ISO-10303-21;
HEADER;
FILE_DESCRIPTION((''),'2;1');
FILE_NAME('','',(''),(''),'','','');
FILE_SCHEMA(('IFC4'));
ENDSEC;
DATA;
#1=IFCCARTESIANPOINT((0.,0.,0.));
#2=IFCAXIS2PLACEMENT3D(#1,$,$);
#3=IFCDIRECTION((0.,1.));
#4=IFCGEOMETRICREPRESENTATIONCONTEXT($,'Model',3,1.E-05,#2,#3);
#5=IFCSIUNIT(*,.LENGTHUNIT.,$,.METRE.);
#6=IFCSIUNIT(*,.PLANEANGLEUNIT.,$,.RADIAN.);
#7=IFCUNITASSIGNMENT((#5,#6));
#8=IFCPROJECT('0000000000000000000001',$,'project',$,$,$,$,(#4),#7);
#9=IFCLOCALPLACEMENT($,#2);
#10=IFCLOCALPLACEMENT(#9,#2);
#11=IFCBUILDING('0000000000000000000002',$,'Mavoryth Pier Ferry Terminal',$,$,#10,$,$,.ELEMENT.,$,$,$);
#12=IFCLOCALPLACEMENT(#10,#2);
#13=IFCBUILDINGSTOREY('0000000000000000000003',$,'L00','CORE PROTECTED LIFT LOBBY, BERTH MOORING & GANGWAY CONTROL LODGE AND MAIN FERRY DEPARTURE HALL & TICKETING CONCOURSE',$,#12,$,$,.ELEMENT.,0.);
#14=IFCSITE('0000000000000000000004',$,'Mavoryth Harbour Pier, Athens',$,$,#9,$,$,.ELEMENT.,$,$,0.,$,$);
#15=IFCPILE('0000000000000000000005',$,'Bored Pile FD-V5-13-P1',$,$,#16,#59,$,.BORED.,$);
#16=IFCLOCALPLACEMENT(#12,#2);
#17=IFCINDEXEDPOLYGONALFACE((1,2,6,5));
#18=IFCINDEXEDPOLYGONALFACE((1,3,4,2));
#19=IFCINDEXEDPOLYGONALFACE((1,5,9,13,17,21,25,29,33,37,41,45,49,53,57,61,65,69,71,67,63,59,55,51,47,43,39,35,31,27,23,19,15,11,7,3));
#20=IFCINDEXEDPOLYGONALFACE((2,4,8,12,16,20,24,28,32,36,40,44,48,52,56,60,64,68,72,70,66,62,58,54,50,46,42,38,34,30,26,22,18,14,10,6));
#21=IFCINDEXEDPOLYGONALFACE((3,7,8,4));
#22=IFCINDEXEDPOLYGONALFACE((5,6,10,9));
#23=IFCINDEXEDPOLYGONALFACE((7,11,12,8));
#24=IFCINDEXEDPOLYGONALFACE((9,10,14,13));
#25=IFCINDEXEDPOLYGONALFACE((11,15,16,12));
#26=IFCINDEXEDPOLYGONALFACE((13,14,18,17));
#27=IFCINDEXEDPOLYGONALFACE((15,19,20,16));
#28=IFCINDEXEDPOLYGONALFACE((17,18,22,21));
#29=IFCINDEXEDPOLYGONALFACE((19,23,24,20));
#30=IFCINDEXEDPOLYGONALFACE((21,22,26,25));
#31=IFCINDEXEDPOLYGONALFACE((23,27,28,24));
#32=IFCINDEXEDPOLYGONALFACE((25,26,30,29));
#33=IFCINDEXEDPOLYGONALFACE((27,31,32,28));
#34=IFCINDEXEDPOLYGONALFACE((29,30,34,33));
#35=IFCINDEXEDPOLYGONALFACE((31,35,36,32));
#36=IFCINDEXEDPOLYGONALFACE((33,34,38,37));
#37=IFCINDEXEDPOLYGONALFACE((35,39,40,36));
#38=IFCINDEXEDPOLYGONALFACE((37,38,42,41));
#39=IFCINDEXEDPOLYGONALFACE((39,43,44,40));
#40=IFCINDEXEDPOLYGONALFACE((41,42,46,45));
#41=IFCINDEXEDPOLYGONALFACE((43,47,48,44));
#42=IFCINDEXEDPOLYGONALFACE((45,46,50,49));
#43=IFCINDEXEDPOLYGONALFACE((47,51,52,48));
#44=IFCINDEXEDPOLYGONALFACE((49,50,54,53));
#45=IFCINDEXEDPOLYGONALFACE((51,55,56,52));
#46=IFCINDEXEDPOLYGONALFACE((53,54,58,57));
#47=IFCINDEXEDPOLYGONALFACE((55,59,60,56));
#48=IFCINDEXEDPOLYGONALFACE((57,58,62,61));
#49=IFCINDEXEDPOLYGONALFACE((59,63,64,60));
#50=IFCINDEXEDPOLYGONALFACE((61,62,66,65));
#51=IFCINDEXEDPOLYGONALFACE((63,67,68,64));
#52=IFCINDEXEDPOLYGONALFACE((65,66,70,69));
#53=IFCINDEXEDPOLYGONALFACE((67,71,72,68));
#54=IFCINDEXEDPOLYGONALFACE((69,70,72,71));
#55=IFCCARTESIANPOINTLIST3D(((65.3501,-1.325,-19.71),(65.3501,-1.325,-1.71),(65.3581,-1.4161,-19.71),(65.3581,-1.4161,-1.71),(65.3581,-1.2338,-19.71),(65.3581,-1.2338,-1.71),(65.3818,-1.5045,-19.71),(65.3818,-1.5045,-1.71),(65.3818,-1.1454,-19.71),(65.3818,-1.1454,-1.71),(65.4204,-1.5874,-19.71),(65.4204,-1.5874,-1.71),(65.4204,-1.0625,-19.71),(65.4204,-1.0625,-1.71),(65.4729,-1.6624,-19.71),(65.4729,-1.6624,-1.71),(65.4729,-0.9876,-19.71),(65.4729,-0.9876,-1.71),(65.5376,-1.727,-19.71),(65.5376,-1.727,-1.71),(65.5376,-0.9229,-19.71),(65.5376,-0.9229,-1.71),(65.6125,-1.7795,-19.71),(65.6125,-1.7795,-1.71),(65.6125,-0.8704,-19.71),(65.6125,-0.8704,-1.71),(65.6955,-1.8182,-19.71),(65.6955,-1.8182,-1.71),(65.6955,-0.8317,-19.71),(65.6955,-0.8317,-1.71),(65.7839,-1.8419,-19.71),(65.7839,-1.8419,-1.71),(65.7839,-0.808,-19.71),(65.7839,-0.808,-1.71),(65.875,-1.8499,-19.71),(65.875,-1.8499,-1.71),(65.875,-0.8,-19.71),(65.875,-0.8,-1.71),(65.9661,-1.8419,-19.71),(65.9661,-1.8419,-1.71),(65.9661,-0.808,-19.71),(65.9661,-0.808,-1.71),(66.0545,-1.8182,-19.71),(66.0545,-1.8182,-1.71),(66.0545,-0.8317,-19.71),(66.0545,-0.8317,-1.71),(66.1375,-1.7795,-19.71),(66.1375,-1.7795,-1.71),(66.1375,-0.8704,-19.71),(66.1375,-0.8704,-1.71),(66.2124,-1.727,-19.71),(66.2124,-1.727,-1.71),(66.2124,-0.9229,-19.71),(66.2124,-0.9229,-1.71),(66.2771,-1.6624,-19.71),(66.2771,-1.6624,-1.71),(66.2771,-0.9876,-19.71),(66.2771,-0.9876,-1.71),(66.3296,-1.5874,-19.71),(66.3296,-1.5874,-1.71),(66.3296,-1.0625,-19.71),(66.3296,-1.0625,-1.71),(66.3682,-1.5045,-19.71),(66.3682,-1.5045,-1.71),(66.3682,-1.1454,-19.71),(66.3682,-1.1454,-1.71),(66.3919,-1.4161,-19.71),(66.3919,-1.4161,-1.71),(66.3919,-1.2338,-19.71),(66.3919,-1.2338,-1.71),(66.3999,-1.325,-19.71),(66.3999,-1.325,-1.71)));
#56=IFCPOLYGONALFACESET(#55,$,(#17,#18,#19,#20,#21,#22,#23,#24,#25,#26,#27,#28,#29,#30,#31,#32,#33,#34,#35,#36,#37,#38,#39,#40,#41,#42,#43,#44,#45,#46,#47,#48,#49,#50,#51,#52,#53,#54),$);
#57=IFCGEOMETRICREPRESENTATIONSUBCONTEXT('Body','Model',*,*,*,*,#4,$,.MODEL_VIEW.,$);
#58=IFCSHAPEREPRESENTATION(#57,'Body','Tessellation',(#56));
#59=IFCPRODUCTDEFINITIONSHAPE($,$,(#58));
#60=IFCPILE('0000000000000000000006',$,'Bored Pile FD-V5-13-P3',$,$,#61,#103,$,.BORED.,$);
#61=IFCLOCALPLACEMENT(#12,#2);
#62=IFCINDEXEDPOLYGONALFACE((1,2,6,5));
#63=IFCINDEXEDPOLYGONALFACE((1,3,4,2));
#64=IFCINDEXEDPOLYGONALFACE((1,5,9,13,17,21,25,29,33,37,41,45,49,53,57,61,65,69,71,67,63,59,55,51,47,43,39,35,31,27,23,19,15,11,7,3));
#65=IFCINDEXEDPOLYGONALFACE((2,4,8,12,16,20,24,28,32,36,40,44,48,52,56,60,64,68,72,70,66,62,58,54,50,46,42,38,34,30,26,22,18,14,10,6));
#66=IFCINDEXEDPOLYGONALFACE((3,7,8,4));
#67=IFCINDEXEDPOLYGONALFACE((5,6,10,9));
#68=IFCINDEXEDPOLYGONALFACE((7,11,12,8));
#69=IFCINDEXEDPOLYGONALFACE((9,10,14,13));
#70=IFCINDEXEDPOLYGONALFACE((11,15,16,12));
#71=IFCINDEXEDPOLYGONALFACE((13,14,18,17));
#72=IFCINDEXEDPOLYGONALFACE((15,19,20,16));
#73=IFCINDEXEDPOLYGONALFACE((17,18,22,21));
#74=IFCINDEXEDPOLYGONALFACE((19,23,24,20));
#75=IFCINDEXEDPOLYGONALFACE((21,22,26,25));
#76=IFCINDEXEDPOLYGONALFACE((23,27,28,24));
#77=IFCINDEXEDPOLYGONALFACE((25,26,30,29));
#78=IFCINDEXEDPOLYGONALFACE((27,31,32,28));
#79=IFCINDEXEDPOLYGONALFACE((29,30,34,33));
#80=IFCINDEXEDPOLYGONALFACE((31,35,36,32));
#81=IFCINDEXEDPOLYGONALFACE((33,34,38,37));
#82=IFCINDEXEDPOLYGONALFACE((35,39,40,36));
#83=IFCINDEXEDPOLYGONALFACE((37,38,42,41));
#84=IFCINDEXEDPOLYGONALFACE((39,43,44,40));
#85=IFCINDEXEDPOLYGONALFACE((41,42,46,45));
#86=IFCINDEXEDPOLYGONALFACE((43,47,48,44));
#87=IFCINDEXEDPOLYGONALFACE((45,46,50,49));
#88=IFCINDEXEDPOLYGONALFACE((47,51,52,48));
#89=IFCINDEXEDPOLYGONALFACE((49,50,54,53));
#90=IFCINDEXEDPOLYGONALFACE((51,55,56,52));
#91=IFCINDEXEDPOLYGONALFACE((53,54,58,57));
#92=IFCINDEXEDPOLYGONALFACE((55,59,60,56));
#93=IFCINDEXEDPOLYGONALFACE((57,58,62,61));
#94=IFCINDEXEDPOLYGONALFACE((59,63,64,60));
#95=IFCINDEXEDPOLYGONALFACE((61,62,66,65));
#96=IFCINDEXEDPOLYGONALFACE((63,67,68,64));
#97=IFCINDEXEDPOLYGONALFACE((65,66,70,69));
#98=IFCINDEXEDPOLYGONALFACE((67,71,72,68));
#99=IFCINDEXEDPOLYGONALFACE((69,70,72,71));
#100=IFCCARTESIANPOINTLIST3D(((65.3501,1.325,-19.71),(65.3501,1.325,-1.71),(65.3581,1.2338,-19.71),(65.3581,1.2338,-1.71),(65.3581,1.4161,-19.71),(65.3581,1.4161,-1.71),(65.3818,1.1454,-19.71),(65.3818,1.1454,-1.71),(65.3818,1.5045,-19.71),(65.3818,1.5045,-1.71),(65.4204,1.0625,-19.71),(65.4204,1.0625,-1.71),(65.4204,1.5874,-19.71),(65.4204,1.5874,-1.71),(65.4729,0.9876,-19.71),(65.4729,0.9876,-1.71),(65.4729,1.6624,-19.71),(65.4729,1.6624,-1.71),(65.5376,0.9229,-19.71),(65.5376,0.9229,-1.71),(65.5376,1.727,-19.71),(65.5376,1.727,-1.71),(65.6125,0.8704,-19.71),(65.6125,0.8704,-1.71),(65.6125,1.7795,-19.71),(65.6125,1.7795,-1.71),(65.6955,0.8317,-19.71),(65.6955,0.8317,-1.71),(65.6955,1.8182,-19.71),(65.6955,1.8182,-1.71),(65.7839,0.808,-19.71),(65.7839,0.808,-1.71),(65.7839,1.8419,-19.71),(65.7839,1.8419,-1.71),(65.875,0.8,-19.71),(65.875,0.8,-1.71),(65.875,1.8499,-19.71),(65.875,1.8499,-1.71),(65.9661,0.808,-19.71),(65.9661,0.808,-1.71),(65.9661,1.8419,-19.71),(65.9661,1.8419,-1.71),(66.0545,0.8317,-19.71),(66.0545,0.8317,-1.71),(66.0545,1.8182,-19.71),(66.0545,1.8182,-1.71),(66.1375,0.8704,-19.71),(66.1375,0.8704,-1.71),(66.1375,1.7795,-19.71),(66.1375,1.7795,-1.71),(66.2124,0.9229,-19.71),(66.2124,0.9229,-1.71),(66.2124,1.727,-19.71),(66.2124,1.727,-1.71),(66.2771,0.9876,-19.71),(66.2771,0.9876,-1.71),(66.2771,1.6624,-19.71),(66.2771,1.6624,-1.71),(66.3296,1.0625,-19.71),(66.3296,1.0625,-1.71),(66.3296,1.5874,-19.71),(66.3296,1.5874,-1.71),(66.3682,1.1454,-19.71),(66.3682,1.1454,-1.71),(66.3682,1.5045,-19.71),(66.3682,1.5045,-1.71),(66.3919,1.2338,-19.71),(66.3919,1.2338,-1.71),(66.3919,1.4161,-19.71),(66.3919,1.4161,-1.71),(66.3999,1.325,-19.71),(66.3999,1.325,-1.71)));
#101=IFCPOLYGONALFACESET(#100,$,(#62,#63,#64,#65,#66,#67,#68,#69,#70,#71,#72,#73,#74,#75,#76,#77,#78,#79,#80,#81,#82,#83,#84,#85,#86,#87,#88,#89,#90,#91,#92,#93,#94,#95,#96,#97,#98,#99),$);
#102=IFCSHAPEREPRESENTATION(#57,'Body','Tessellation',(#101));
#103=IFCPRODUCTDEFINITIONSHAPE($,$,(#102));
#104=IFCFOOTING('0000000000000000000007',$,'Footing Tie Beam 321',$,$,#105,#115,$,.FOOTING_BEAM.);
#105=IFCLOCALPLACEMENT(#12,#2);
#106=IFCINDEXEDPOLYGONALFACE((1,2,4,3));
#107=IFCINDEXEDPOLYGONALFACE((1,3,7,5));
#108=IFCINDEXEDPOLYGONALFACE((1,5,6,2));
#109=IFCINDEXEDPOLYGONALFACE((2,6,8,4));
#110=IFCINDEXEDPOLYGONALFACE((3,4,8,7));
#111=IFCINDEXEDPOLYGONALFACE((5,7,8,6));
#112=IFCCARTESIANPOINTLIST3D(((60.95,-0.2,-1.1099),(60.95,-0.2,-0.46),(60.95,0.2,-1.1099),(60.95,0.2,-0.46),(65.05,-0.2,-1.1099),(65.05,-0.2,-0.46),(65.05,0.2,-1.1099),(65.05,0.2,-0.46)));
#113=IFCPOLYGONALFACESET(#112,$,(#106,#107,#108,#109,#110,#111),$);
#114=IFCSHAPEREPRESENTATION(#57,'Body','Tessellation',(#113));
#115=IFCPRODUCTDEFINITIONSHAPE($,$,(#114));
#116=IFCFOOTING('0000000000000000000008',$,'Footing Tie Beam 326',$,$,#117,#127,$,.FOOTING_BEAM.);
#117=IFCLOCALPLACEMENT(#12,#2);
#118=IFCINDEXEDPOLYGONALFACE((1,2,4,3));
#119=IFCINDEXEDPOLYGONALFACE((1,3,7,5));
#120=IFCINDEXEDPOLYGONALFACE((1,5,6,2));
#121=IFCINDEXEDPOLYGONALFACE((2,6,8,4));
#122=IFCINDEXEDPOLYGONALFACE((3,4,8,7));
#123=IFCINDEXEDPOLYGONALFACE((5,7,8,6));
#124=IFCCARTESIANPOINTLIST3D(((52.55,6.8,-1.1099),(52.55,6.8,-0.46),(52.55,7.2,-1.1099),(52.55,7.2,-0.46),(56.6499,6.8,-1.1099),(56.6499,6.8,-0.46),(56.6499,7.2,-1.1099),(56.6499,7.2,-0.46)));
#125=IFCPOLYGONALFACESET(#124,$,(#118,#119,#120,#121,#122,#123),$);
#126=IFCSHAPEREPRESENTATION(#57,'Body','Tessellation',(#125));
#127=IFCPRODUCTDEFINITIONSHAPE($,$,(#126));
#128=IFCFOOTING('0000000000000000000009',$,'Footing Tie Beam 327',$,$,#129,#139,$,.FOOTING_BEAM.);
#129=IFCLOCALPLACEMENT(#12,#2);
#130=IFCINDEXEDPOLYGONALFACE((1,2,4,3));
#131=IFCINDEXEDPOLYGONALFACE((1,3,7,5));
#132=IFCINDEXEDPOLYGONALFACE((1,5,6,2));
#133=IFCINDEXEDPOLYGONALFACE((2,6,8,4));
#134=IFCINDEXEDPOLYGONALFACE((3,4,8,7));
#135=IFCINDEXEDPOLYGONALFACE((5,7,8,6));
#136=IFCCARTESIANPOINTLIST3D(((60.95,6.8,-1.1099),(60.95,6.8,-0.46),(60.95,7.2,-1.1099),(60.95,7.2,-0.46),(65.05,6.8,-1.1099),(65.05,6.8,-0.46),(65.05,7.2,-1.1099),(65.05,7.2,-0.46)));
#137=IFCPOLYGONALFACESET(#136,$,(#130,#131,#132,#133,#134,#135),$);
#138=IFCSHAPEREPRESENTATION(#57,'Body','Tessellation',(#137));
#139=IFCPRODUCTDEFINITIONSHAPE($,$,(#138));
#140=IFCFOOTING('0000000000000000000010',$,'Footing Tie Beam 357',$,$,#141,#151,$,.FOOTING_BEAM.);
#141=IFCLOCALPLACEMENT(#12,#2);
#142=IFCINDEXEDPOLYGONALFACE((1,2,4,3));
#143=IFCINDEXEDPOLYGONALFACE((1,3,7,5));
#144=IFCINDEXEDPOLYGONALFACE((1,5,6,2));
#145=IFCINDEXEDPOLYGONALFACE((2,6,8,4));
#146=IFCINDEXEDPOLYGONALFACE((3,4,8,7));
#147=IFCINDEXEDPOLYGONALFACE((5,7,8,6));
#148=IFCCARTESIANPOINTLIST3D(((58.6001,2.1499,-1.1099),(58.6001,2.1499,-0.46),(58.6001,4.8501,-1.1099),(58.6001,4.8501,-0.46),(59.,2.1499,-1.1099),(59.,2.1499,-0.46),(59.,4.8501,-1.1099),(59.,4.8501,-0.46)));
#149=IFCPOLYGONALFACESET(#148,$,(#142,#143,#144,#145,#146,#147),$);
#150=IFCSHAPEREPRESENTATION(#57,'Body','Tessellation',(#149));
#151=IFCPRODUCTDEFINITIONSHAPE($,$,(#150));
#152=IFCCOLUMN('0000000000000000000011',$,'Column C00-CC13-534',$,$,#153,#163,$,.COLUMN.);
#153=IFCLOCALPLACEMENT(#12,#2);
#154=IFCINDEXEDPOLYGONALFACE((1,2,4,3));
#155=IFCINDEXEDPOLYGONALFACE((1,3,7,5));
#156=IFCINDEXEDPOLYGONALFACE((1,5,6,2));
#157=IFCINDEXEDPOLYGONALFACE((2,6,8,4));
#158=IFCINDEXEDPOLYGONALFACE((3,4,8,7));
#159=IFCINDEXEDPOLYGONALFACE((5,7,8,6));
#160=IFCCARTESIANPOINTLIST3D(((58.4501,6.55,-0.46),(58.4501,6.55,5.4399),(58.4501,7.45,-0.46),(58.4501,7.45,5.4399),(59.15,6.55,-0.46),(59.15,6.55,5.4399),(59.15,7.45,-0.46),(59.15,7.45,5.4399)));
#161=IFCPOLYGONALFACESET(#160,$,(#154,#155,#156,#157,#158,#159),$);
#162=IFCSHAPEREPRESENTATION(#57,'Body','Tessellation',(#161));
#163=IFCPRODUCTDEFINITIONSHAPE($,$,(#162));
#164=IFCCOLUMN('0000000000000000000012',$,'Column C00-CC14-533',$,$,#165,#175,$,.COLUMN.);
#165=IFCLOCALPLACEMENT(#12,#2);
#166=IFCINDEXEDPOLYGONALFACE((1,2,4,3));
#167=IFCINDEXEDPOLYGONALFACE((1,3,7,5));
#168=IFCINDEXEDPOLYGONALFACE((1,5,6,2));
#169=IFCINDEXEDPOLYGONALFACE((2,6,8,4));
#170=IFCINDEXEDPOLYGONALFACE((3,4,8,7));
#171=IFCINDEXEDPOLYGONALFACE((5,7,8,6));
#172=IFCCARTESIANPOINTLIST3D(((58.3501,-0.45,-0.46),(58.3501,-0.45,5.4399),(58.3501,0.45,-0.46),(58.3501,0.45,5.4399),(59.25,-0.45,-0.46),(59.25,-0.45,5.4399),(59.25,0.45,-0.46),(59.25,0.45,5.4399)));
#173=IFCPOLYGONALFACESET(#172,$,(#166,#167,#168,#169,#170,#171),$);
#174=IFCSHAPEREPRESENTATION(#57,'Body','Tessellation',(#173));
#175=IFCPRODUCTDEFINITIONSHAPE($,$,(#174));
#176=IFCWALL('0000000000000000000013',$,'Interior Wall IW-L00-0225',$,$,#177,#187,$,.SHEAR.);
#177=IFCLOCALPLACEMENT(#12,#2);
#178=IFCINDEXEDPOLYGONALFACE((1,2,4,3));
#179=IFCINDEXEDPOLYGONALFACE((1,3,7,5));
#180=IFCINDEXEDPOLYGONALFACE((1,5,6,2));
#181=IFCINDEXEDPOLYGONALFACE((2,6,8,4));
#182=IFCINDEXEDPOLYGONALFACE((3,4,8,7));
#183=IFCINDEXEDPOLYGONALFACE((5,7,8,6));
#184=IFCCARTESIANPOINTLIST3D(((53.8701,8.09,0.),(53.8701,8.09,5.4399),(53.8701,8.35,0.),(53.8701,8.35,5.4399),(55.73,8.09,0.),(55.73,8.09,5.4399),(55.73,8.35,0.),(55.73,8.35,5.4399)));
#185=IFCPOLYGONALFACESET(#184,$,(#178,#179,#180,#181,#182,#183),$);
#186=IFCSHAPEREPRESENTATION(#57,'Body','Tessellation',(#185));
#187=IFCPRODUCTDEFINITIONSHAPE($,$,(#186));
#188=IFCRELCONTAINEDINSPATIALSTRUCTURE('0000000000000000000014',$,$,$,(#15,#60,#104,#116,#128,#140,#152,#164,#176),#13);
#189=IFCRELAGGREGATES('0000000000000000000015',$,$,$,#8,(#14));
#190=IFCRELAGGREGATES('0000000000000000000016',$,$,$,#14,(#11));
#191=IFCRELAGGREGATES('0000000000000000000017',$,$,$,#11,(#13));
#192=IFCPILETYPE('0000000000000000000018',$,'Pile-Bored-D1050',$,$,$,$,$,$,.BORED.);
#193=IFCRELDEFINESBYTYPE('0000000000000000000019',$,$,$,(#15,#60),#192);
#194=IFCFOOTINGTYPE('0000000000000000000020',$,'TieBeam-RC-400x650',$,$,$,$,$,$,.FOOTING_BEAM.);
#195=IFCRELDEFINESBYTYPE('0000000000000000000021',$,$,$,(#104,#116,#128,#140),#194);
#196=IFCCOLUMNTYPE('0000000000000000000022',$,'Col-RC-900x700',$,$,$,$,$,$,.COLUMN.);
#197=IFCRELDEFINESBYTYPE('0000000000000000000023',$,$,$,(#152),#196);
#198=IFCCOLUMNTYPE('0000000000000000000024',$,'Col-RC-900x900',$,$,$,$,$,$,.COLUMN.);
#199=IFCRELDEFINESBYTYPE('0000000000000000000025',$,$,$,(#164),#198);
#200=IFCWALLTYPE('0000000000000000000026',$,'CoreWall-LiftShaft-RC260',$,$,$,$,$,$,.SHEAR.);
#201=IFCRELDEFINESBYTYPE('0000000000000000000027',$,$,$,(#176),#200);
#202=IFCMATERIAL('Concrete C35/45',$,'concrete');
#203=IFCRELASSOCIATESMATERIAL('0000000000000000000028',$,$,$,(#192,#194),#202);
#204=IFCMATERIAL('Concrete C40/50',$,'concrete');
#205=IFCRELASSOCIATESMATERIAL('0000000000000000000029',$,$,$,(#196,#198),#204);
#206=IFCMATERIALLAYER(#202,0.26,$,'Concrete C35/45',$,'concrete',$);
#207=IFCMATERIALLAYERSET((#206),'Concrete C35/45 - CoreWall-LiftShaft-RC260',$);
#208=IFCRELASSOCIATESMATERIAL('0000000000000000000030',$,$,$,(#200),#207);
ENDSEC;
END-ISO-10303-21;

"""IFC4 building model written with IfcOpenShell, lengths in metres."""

from ifc_helpers import new_model, si_unit, direction, frame, frame_2d, origin, origin_2d, place, context, subcontext, project, spatial, rectangle, circle, extrude, material, layer, layer_set, material_profile, profile_set, type_object, element, save


model = new_model("IFC4")

# Units and contexts
model_context = context("Model", 3, precision=1e-05, world=origin(), true_north=direction((0.0, 1.0)))
body_context = subcontext(model_context, "Body", "Model", "MODEL_VIEW")
ifc_project = project(units=[si_unit("LENGTHUNIT", "METRE"), si_unit("PLANEANGLEUNIT", "RADIAN")], contexts=[model_context])

# Site, building, storey
site_placement = place(None, origin())
site = spatial("IfcSite", under=ifc_project, at=site_placement, Name="Mavoryth Harbour Pier, Athens", CompositionType="ELEMENT", RefElevation=0.0)
building_placement = place(site_placement, origin())
building = spatial("IfcBuilding", under=site, at=building_placement, Name="Mavoryth Pier Ferry Terminal", CompositionType="ELEMENT")
storey_placement = place(building_placement, origin())
storey = spatial("IfcBuildingStorey", under=building, at=storey_placement, Name="L00", Description="CORE PROTECTED LIFT LOBBY, BERTH MOORING & GANGWAY CONTROL LODGE AND MAIN FERRY DEPARTURE HALL & TICKETING CONCOURSE", CompositionType="ELEMENT", Elevation=0.0)

# Shared definitions
ifc_material_1 = material(Name="Concrete C35/45", Category="concrete")

# Piles
ifc_material_profile_1 = material_profile(ifc_material_1, circle(Radius=0.5249, at=origin_2d()), Name="PILE D1050", Category="concrete")
ifc_profile_set_1 = profile_set([ifc_material_profile_1], Name="Concrete C35/45 - PILE D1050")
pile_type = type_object("IfcPileType", Name="Pile-Bored-D1050", PredefinedType="BORED", material=ifc_profile_set_1)
for number, where, z_axis, x_axis, name in (
    (1, (65.875, -1.325, -1.71), (0.0, 0.0, -1.0), (1.0, 0.0, 0.0), "Bored Pile FD-V5-13-P1"),
    (2, (65.875, 1.325, -1.71), (0.0, 0.0, -1.0), (1.0, 0.0, 0.0), "Bored Pile FD-V5-13-P3"),
):
    element("IfcPile", number, at=place(storey_placement, frame(where, z_axis=z_axis, x_axis=x_axis)), inside=storey, type_object=pile_type, Name=name, PredefinedType="BORED", context=body_context, shape_type="SweptSolid", body=[
        extrude(circle(Radius=0.5249, at=origin_2d()), origin(), (0.0, 0.0, 1.0), 18.0),
    ])

# Footings
ifc_material_profile_2 = material_profile(ifc_material_1, rectangle(XDim=0.3999, YDim=0.6499, at=origin_2d()), Name="RC 400x650", Category="concrete")
ifc_profile_set_2 = profile_set([ifc_material_profile_2], Name="Concrete C35/45 - RC 400x650")
footing_type_1 = type_object("IfcFootingType", Name="TieBeam-RC-400x650", PredefinedType="FOOTING_BEAM", material=ifc_profile_set_2)
footing_1_placement = place(storey_placement, frame((60.95, 0.0, -0.7849), z_axis=(1.0, 0.0, 0.0), x_axis=(0.0, 1.0, 0.0)))
element("IfcFooting", 3, at=footing_1_placement, inside=storey, type_object=footing_type_1, Name="Footing Tie Beam 321", PredefinedType="FOOTING_BEAM", context=body_context, shape_type="SweptSolid", body=[
    extrude(rectangle(XDim=0.3999, YDim=0.6499, at=origin_2d()), origin(), (0.0, 0.0, 1.0), 4.1001),
])
footing_2_placement = place(storey_placement, frame((52.55, 7.0, -0.7849), z_axis=(1.0, 0.0, 0.0), x_axis=(0.0, 1.0, 0.0)))
element("IfcFooting", 4, at=footing_2_placement, inside=storey, type_object=footing_type_1, Name="Footing Tie Beam 326", PredefinedType="FOOTING_BEAM", context=body_context, shape_type="SweptSolid", body=[
    extrude(rectangle(XDim=0.3999, YDim=0.6499, at=origin_2d()), origin(), (0.0, 0.0, 1.0), 4.0999),
])
footing_3_placement = place(storey_placement, frame((60.95, 7.0, -0.7849), z_axis=(1.0, 0.0, 0.0), x_axis=(0.0, 1.0, 0.0)))
element("IfcFooting", 5, at=footing_3_placement, inside=storey, type_object=footing_type_1, Name="Footing Tie Beam 327", PredefinedType="FOOTING_BEAM", context=body_context, shape_type="SweptSolid", body=[
    extrude(rectangle(XDim=0.3999, YDim=0.6499, at=origin_2d()), origin(), (0.0, 0.0, 1.0), 4.1001),
])
footing_4_placement = place(storey_placement, frame((58.8, 2.1499, -0.7849), z_axis=(0.0, 1.0, 0.0), x_axis=(-1.0, 0.0, 0.0)))
element("IfcFooting", 6, at=footing_4_placement, inside=storey, type_object=footing_type_1, Name="Footing Tie Beam 357", PredefinedType="FOOTING_BEAM", context=body_context, shape_type="SweptSolid", body=[
    extrude(rectangle(XDim=0.3999, YDim=0.6499, at=origin_2d()), origin(), (0.0, 0.0, 1.0), 2.7002),
])

# Columns
ifc_material_2 = material(Name="Concrete C40/50", Category="concrete")
ifc_material_profile_3 = material_profile(ifc_material_2, rectangle(XDim=0.7, YDim=0.8999, at=origin_2d()), Name="RC 900x700", Category="concrete")
ifc_profile_set_3 = profile_set([ifc_material_profile_3], Name="Concrete C40/50 - RC 900x700")
column_type_1 = type_object("IfcColumnType", Name="Col-RC-900x700", PredefinedType="COLUMN", material=ifc_profile_set_3)
column_1_placement = place(storey_placement, frame((58.8, 7.0, -0.46), z_axis=(0.0, 0.0, 1.0), x_axis=(1.0, 0.0, 0.0)))
element("IfcColumn", 7, at=column_1_placement, inside=storey, type_object=column_type_1, Name="Column C00-CC13-534", PredefinedType="COLUMN", context=body_context, shape_type="SweptSolid", body=[
    extrude(rectangle(XDim=0.7, YDim=0.8999, at=origin_2d()), origin(), (0.0, 0.0, 1.0), 5.8999),
])
ifc_material_profile_4 = material_profile(ifc_material_2, rectangle(XDim=0.8999, YDim=0.8999, at=origin_2d()), Name="RC 900x900", Category="concrete")
ifc_profile_set_4 = profile_set([ifc_material_profile_4], Name="Concrete C40/50 - RC 900x900")
column_type_2 = type_object("IfcColumnType", Name="Col-RC-900x900", PredefinedType="COLUMN", material=ifc_profile_set_4)
column_2_placement = place(storey_placement, frame((58.8, 0.0, -0.46), z_axis=(0.0, 0.0, 1.0), x_axis=(1.0, 0.0, 0.0)))
element("IfcColumn", 8, at=column_2_placement, inside=storey, type_object=column_type_2, Name="Column C00-CC14-533", PredefinedType="COLUMN", context=body_context, shape_type="SweptSolid", body=[
    extrude(rectangle(XDim=0.8999, YDim=0.8999, at=origin_2d()), origin(), (0.0, 0.0, 1.0), 5.8999),
])

# Wall
ifc_layer_1 = layer(ifc_material_1, 0.26, Name="Concrete C35/45", Category="concrete")
ifc_layer_set_1 = layer_set([ifc_layer_1], Name="Concrete C35/45 - CoreWall-LiftShaft-RC260")
wall_type_1 = type_object("IfcWallType", Name="CoreWall-LiftShaft-RC260", PredefinedType="SHEAR", material=ifc_layer_set_1)
wall_1_placement = place(storey_placement, frame((53.8701, 8.22, 0.0), z_axis=(0.0, 0.0, 1.0), x_axis=(1.0, 0.0, 0.0)))
element("IfcWall", 9, at=wall_1_placement, inside=storey, type_object=wall_type_1, Name="Interior Wall IW-L00-0225", PredefinedType="SHEAR", context=body_context, shape_type="SweptSolid", body=[
    extrude(rectangle(XDim=1.8599, YDim=0.26, at=frame_2d((0.9299, 0.0))), origin(), (0.0, 0.0, 1.0), 5.4399),
])

save(model, "model.ifc")
